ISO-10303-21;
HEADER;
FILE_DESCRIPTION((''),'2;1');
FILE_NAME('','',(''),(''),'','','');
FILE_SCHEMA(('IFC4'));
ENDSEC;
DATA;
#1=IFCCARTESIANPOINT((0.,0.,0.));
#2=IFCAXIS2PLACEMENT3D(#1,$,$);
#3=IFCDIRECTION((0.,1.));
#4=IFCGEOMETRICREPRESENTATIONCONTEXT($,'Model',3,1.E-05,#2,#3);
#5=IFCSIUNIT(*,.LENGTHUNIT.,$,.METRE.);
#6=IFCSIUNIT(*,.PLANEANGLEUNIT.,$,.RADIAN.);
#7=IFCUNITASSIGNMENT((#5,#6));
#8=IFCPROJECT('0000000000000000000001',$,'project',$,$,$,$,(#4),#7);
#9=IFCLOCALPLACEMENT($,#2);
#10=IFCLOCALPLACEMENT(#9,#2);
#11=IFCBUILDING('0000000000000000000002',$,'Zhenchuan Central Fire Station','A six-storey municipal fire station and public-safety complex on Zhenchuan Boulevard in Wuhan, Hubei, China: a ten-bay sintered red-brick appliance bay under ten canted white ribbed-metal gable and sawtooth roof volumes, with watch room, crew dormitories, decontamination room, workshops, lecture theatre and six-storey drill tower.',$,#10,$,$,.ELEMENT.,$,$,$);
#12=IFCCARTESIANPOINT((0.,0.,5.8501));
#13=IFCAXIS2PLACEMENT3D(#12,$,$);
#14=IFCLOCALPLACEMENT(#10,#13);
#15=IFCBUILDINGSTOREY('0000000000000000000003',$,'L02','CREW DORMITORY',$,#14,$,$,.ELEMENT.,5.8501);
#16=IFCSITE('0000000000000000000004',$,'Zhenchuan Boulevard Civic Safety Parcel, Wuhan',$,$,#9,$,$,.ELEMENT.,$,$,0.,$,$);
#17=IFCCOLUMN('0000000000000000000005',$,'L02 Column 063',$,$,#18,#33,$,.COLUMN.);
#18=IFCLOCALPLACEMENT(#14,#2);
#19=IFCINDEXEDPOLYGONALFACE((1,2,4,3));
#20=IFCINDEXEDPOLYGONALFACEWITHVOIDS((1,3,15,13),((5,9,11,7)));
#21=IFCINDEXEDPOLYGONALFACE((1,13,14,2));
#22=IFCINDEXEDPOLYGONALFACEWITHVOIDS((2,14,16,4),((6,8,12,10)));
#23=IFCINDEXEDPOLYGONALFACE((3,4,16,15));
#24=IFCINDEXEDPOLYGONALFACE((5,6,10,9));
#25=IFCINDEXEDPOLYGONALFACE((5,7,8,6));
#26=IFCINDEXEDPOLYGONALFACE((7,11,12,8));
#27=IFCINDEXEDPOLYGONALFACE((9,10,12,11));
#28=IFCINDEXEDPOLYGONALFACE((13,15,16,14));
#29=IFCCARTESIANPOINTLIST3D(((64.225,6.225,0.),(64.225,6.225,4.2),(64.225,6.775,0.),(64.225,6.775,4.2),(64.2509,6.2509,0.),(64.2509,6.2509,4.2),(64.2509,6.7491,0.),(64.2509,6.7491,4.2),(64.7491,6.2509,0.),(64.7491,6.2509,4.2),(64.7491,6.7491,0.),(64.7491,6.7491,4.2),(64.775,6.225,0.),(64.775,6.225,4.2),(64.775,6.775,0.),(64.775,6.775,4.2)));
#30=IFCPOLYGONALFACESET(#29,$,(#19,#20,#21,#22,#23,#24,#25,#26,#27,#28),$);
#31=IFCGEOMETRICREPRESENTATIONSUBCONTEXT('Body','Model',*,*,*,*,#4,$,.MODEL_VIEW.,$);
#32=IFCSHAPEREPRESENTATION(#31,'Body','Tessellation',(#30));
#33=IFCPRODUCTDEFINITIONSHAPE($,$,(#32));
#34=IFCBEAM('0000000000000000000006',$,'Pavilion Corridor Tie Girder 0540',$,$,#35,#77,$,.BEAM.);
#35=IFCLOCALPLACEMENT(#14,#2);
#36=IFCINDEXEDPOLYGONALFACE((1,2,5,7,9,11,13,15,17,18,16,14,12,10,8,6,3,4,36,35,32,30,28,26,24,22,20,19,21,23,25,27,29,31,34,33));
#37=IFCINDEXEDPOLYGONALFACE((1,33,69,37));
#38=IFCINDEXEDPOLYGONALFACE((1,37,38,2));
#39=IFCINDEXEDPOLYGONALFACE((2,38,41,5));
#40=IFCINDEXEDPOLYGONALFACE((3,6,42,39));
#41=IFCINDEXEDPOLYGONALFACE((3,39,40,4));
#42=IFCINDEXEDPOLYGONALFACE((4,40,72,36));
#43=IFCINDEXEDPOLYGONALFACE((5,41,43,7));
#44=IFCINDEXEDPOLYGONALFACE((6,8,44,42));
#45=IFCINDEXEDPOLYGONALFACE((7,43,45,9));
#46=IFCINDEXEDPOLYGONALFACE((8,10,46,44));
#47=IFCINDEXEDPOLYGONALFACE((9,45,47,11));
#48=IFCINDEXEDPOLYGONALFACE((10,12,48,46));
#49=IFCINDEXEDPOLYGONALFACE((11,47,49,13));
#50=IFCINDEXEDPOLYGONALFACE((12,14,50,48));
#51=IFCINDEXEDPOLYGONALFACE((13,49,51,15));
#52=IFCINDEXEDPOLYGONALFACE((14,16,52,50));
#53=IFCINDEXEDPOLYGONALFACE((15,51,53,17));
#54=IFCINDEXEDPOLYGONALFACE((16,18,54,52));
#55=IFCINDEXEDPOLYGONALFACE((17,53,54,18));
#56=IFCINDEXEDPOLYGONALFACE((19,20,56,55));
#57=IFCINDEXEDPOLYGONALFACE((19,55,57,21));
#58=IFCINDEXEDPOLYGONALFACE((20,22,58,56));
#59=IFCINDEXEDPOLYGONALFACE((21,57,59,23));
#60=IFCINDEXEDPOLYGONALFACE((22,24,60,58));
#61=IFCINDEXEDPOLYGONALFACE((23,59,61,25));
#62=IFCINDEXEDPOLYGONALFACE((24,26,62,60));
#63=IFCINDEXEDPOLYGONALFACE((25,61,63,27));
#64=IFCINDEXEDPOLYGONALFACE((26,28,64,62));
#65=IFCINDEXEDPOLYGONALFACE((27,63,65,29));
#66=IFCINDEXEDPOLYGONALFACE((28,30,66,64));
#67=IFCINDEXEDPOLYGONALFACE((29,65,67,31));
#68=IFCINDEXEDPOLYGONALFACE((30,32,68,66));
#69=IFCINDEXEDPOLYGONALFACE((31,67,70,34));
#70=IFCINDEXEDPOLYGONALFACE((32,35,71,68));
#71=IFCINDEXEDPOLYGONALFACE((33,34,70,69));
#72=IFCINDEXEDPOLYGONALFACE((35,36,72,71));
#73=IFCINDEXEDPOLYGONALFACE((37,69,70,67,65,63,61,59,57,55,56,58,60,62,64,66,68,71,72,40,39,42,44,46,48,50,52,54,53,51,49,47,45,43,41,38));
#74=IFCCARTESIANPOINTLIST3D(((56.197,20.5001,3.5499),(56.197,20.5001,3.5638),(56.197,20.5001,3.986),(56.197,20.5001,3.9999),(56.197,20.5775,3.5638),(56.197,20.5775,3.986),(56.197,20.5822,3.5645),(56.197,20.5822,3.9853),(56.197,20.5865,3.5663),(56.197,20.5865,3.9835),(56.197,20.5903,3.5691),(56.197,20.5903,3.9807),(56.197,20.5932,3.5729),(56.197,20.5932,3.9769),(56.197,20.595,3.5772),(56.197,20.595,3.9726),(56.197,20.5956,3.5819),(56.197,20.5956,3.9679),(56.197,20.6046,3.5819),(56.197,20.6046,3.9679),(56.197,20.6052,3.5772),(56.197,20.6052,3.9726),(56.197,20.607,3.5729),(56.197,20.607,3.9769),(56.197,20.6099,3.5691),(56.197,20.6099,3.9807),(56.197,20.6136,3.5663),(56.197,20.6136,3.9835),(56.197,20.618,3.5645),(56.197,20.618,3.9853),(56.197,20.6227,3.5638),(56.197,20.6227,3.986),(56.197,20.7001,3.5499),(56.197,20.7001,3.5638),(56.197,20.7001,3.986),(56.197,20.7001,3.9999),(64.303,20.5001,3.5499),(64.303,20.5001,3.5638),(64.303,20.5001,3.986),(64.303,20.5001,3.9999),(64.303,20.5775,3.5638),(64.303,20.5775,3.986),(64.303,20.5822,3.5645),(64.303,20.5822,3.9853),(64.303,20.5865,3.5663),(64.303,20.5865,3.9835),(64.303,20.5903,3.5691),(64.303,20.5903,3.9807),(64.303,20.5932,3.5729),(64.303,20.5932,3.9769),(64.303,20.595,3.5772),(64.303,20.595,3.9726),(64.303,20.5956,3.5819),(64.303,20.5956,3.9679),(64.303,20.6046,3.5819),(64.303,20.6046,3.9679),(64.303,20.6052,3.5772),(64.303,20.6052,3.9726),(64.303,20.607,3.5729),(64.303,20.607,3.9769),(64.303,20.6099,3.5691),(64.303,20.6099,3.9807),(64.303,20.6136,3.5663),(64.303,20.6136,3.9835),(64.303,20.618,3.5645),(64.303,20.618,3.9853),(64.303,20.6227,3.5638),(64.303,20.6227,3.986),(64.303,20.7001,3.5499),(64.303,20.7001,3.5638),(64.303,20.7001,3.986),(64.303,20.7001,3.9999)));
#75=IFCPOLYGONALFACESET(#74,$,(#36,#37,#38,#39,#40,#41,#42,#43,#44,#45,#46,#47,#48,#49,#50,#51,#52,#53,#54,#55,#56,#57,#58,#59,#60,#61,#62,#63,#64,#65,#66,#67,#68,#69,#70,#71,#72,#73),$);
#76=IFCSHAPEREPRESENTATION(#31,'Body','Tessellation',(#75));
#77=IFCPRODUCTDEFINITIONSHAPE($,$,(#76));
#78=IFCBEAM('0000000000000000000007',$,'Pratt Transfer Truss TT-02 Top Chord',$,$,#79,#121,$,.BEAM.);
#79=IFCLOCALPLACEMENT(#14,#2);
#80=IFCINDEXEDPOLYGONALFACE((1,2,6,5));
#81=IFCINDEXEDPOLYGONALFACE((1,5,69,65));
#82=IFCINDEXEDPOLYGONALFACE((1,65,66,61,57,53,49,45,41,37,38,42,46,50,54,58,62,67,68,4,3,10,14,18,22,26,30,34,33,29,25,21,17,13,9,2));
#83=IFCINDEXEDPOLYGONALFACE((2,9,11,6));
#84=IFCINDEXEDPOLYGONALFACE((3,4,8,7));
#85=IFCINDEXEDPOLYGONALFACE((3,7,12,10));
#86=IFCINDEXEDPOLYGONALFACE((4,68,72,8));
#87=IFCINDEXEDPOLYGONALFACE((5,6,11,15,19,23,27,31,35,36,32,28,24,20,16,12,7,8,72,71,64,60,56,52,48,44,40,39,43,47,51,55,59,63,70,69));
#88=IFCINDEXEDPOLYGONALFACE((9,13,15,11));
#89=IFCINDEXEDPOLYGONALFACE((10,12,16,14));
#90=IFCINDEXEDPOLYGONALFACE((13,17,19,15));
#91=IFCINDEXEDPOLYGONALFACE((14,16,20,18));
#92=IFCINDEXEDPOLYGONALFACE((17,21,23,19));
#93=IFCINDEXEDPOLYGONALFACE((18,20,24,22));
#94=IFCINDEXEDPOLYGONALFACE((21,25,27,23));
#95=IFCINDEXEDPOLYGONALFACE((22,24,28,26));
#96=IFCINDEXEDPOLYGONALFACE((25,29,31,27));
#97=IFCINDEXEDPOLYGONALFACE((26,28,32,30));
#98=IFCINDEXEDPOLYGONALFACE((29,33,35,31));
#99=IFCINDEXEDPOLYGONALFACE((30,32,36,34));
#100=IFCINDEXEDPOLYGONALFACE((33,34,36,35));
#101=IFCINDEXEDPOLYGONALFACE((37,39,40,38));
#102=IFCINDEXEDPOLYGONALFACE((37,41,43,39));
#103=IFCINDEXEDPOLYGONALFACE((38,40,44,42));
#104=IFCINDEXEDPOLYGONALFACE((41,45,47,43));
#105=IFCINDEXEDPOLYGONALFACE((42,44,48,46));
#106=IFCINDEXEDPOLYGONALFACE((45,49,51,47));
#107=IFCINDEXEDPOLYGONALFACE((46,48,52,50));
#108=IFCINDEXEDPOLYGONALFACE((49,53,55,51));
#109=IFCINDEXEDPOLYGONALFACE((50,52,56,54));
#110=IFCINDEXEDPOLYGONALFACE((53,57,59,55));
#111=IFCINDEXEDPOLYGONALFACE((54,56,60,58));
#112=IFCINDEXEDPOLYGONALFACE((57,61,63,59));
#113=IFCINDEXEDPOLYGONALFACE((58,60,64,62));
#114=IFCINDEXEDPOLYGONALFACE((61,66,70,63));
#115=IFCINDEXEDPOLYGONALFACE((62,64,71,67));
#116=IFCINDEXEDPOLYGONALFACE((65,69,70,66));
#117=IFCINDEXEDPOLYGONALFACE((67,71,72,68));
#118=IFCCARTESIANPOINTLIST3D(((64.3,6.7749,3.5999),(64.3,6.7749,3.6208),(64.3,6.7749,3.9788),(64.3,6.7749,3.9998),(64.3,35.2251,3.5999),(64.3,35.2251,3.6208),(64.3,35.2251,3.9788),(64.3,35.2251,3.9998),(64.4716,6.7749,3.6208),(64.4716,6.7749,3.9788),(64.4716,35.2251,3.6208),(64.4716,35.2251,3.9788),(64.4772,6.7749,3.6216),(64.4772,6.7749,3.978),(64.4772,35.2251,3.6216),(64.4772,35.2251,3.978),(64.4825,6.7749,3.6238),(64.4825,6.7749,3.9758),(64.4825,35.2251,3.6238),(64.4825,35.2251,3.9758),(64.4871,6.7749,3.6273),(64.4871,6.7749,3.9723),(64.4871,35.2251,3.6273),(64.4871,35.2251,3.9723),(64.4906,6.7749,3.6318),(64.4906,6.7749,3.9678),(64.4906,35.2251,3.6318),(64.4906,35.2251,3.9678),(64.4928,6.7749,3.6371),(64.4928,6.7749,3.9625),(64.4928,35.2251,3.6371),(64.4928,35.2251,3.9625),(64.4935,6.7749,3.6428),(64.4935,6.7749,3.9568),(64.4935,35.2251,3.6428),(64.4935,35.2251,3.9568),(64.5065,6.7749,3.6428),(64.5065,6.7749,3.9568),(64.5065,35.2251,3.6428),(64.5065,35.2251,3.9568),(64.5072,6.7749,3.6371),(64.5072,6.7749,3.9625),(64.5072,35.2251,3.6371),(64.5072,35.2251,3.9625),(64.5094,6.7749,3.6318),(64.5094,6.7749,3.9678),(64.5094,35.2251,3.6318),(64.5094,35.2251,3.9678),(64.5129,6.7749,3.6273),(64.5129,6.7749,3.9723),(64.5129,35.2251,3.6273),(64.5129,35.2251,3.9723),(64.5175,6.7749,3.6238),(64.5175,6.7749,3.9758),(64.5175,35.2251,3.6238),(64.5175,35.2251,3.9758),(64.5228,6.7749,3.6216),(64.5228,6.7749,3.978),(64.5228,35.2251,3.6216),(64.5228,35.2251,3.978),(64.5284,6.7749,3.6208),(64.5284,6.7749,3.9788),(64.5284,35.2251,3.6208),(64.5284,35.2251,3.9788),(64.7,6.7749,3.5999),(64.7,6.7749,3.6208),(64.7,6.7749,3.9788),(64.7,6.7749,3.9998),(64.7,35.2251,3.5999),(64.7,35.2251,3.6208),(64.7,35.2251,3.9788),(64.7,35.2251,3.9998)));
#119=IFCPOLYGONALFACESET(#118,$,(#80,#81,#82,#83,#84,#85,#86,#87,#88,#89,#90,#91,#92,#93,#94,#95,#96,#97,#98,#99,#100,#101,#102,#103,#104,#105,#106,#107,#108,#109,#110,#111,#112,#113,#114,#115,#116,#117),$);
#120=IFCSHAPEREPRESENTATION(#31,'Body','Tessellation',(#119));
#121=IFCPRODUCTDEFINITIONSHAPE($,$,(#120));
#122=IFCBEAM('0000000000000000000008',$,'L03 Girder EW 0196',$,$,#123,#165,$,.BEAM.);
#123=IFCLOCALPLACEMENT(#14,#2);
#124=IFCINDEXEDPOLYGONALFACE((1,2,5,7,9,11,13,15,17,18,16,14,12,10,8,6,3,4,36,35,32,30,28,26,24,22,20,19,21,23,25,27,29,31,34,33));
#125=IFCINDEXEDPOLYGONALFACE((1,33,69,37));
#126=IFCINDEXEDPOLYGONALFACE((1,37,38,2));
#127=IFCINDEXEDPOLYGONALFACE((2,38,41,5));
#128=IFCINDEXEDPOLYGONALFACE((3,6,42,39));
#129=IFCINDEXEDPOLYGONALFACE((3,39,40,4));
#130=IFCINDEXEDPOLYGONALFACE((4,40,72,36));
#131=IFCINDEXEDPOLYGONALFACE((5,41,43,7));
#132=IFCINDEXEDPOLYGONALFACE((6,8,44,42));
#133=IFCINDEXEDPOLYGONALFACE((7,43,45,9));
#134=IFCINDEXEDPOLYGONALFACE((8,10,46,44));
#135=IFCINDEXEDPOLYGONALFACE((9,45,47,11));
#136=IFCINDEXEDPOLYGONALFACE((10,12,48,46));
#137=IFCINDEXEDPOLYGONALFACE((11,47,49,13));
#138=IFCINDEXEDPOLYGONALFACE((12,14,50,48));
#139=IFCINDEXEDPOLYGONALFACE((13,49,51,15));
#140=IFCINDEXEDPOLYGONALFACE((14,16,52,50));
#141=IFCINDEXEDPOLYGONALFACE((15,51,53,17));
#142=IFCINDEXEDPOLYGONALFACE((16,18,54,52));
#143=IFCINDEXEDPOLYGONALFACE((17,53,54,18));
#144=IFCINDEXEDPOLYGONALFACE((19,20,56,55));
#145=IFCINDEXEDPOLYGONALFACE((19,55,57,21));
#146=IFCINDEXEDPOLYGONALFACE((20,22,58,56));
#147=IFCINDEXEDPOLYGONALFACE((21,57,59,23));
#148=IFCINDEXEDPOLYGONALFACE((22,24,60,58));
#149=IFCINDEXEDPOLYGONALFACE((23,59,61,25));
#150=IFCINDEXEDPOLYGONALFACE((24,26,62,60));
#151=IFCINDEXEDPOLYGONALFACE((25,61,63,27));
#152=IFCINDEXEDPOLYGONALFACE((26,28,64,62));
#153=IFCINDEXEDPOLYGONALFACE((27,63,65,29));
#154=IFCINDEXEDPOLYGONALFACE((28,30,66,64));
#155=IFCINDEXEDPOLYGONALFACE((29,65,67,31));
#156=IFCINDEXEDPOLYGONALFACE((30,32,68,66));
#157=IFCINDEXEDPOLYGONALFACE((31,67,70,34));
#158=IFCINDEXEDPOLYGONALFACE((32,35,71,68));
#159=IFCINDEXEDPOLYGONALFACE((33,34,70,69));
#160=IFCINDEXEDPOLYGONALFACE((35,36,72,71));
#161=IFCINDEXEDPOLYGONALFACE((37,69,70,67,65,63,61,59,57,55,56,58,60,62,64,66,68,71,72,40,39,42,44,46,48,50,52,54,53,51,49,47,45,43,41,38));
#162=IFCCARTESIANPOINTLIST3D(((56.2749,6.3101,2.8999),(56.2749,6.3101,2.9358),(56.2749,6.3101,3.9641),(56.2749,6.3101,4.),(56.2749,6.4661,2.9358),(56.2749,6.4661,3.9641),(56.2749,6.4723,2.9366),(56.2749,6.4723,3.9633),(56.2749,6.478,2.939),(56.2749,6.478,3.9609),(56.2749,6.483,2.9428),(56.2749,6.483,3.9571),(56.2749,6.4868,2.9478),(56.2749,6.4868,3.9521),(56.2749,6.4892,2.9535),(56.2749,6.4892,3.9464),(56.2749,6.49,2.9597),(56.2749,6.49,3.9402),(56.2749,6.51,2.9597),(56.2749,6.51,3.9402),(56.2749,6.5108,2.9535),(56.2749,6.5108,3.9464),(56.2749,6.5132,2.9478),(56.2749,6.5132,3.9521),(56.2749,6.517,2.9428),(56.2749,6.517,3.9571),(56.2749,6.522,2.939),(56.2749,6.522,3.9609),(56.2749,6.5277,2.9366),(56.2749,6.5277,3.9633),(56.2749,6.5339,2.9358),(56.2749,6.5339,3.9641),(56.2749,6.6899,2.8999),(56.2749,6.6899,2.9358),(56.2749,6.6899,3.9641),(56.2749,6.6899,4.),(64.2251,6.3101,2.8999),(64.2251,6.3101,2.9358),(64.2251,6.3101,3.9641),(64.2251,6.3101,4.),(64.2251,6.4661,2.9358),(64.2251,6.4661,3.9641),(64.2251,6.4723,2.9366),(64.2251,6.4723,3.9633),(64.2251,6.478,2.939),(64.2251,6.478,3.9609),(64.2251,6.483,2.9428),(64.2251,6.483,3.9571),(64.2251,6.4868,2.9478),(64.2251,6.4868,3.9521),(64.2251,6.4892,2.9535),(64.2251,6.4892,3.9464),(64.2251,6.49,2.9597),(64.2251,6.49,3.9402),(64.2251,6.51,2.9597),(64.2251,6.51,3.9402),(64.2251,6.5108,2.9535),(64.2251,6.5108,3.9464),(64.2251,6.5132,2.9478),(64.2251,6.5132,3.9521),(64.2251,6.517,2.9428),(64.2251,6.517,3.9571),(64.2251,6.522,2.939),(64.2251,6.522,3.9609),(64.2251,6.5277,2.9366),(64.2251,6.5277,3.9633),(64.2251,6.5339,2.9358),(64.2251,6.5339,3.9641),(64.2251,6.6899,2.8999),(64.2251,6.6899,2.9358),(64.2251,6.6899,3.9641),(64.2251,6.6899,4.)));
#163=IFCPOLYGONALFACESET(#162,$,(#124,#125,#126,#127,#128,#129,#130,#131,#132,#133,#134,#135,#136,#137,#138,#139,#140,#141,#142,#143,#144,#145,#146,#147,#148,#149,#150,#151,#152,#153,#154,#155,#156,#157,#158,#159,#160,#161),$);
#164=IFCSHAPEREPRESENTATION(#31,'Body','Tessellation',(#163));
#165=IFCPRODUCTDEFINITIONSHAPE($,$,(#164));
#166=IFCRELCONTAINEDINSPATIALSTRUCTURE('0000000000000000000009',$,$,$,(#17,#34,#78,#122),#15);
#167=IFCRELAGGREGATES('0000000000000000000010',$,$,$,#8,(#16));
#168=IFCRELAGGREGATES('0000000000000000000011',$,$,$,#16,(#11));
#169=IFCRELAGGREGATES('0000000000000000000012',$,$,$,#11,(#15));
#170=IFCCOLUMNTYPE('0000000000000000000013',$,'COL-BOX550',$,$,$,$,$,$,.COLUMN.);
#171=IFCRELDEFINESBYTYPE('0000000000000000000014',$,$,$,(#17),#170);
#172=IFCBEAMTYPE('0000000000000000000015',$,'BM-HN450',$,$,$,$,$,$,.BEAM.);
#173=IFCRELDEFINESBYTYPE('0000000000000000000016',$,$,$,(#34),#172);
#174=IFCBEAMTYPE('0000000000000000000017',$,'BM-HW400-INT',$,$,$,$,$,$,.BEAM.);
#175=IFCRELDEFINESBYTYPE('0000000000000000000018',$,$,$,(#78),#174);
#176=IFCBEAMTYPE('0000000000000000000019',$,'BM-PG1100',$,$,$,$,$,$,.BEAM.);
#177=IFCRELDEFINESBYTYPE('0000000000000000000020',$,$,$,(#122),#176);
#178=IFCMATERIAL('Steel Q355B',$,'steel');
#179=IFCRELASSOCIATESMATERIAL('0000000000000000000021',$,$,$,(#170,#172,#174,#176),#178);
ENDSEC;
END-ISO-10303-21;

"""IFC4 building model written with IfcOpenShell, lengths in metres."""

from ifc_helpers import new_model, si_unit, direction, frame, origin, origin_2d, place, context, subcontext, project, spatial, hollow_rectangle, i_section, extrude, material, material_profile, profile_set, type_object, element, save


model = new_model("IFC4")

# Units and contexts
model_context = context("Model", 3, precision=1e-05, world=origin(), true_north=direction((0.0, 1.0)))
body_context = subcontext(model_context, "Body", "Model", "MODEL_VIEW")
ifc_project = project(units=[si_unit("LENGTHUNIT", "METRE"), si_unit("PLANEANGLEUNIT", "RADIAN")], contexts=[model_context])

# Site, building, storey
site_placement = place(None, origin())
site = spatial("IfcSite", under=ifc_project, at=site_placement, Name="Zhenchuan Boulevard Civic Safety Parcel, Wuhan", CompositionType="ELEMENT", RefElevation=0.0)
building_placement = place(site_placement, origin())
building = spatial("IfcBuilding", under=site, at=building_placement, Name="Zhenchuan Central Fire Station", Description="A six-storey municipal fire station and public-safety complex on Zhenchuan Boulevard in Wuhan, Hubei, China: a ten-bay sintered red-brick appliance bay under ten canted white ribbed-metal gable and sawtooth roof volumes, with watch room, crew dormitories, decontamination room, workshops, lecture theatre and six-storey drill tower.", CompositionType="ELEMENT")
storey_placement = place(building_placement, frame((0.0, 0.0, 5.8501)))
storey = spatial("IfcBuildingStorey", under=building, at=storey_placement, Name="L02", Description="CREW DORMITORY", CompositionType="ELEMENT", Elevation=5.8501)

# Column
ifc_material_1 = material(Name="Steel Q355B", Category="steel")
ifc_material_profile_1 = material_profile(ifc_material_1, hollow_rectangle(XDim=0.55, YDim=0.55, WallThickness=0.0259, at=origin_2d()), Name="BOX 550x550x26")
ifc_profile_set_1 = profile_set([ifc_material_profile_1], Name="Steel Q355B")
column_type = type_object("IfcColumnType", Name="COL-BOX550", PredefinedType="COLUMN", material=ifc_profile_set_1)
column_placement = place(storey_placement, frame((64.5, 6.5, 0.0), z_axis=(0.0, 0.0, 1.0), x_axis=(1.0, 0.0, 0.0)))
element("IfcColumn", 1, at=column_placement, inside=storey, type_object=column_type, Name="L02 Column 063", PredefinedType="COLUMN", context=body_context, shape_type="SweptSolid", body=[
    extrude(hollow_rectangle(XDim=0.55, YDim=0.55, WallThickness=0.0259, at=origin_2d()), origin(), (0.0, 0.0, 1.0), 4.2),
])

# Beams
ifc_material_profile_2 = material_profile(ifc_material_1, i_section(OverallWidth=0.2, OverallDepth=0.45, WebThickness=0.009, FlangeThickness=0.0139, FilletRadius=0.0181, at=origin_2d()), Name="HN 450x200")
ifc_profile_set_2 = profile_set([ifc_material_profile_2], Name="Steel Q355B")
beam_type_1 = type_object("IfcBeamType", Name="BM-HN450", PredefinedType="BEAM", material=ifc_profile_set_2)
beam_1_placement = place(storey_placement, frame((56.197, 20.6001, 3.7749), z_axis=(1.0, 0.0, 0.0), x_axis=(0.0, 1.0, 0.0)))
element("IfcBeam", 2, at=beam_1_placement, inside=storey, type_object=beam_type_1, Name="Pavilion Corridor Tie Girder 0540", PredefinedType="BEAM", context=body_context, shape_type="SweptSolid", body=[
    extrude(i_section(OverallWidth=0.2, OverallDepth=0.45, WebThickness=0.009, FlangeThickness=0.0139, FilletRadius=0.0181, at=origin_2d()), origin(), (0.0, 0.0, 1.0), 8.106),
])
ifc_material_profile_3 = material_profile(ifc_material_1, i_section(OverallWidth=0.3999, OverallDepth=0.3999, WebThickness=0.0129, FlangeThickness=0.021, FilletRadius=0.022, at=origin_2d()), Name="HW 400x400")
ifc_profile_set_3 = profile_set([ifc_material_profile_3], Name="Steel Q355B")
beam_type_2 = type_object("IfcBeamType", Name="BM-HW400-INT", PredefinedType="BEAM", material=ifc_profile_set_3)
beam_2_placement = place(storey_placement, frame((64.5, 6.7749, 3.7998), z_axis=(0.0, 1.0, 0.0), x_axis=(-1.0, 0.0, 0.0)))
element("IfcBeam", 3, at=beam_2_placement, inside=storey, type_object=beam_type_2, Name="Pratt Transfer Truss TT-02 Top Chord", PredefinedType="BEAM", context=body_context, shape_type="SweptSolid", body=[
    extrude(i_section(OverallWidth=0.3999, OverallDepth=0.3999, WebThickness=0.0129, FlangeThickness=0.021, FilletRadius=0.022, at=origin_2d()), origin(), (0.0, 0.0, 1.0), 28.4502),
])
ifc_material_profile_4 = material_profile(ifc_material_1, i_section(OverallWidth=0.3799, OverallDepth=1.1001, WebThickness=0.02, FlangeThickness=0.0359, FilletRadius=0.0239, at=origin_2d()), Name="PG 1100x380")
ifc_profile_set_4 = profile_set([ifc_material_profile_4], Name="Steel Q355B")
beam_type_3 = type_object("IfcBeamType", Name="BM-PG1100", PredefinedType="BEAM", material=ifc_profile_set_4)
beam_3_placement = place(storey_placement, frame((56.2749, 6.5, 3.45), z_axis=(1.0, 0.0, 0.0), x_axis=(0.0, 1.0, 0.0)))
element("IfcBeam", 4, at=beam_3_placement, inside=storey, type_object=beam_type_3, Name="L03 Girder EW 0196", PredefinedType="BEAM", context=body_context, shape_type="SweptSolid", body=[
    extrude(i_section(OverallWidth=0.3799, OverallDepth=1.1001, WebThickness=0.02, FlangeThickness=0.0359, FilletRadius=0.0239, at=origin_2d()), origin(), (0.0, 0.0, 1.0), 7.9502),
])

save(model, "model.ifc")
